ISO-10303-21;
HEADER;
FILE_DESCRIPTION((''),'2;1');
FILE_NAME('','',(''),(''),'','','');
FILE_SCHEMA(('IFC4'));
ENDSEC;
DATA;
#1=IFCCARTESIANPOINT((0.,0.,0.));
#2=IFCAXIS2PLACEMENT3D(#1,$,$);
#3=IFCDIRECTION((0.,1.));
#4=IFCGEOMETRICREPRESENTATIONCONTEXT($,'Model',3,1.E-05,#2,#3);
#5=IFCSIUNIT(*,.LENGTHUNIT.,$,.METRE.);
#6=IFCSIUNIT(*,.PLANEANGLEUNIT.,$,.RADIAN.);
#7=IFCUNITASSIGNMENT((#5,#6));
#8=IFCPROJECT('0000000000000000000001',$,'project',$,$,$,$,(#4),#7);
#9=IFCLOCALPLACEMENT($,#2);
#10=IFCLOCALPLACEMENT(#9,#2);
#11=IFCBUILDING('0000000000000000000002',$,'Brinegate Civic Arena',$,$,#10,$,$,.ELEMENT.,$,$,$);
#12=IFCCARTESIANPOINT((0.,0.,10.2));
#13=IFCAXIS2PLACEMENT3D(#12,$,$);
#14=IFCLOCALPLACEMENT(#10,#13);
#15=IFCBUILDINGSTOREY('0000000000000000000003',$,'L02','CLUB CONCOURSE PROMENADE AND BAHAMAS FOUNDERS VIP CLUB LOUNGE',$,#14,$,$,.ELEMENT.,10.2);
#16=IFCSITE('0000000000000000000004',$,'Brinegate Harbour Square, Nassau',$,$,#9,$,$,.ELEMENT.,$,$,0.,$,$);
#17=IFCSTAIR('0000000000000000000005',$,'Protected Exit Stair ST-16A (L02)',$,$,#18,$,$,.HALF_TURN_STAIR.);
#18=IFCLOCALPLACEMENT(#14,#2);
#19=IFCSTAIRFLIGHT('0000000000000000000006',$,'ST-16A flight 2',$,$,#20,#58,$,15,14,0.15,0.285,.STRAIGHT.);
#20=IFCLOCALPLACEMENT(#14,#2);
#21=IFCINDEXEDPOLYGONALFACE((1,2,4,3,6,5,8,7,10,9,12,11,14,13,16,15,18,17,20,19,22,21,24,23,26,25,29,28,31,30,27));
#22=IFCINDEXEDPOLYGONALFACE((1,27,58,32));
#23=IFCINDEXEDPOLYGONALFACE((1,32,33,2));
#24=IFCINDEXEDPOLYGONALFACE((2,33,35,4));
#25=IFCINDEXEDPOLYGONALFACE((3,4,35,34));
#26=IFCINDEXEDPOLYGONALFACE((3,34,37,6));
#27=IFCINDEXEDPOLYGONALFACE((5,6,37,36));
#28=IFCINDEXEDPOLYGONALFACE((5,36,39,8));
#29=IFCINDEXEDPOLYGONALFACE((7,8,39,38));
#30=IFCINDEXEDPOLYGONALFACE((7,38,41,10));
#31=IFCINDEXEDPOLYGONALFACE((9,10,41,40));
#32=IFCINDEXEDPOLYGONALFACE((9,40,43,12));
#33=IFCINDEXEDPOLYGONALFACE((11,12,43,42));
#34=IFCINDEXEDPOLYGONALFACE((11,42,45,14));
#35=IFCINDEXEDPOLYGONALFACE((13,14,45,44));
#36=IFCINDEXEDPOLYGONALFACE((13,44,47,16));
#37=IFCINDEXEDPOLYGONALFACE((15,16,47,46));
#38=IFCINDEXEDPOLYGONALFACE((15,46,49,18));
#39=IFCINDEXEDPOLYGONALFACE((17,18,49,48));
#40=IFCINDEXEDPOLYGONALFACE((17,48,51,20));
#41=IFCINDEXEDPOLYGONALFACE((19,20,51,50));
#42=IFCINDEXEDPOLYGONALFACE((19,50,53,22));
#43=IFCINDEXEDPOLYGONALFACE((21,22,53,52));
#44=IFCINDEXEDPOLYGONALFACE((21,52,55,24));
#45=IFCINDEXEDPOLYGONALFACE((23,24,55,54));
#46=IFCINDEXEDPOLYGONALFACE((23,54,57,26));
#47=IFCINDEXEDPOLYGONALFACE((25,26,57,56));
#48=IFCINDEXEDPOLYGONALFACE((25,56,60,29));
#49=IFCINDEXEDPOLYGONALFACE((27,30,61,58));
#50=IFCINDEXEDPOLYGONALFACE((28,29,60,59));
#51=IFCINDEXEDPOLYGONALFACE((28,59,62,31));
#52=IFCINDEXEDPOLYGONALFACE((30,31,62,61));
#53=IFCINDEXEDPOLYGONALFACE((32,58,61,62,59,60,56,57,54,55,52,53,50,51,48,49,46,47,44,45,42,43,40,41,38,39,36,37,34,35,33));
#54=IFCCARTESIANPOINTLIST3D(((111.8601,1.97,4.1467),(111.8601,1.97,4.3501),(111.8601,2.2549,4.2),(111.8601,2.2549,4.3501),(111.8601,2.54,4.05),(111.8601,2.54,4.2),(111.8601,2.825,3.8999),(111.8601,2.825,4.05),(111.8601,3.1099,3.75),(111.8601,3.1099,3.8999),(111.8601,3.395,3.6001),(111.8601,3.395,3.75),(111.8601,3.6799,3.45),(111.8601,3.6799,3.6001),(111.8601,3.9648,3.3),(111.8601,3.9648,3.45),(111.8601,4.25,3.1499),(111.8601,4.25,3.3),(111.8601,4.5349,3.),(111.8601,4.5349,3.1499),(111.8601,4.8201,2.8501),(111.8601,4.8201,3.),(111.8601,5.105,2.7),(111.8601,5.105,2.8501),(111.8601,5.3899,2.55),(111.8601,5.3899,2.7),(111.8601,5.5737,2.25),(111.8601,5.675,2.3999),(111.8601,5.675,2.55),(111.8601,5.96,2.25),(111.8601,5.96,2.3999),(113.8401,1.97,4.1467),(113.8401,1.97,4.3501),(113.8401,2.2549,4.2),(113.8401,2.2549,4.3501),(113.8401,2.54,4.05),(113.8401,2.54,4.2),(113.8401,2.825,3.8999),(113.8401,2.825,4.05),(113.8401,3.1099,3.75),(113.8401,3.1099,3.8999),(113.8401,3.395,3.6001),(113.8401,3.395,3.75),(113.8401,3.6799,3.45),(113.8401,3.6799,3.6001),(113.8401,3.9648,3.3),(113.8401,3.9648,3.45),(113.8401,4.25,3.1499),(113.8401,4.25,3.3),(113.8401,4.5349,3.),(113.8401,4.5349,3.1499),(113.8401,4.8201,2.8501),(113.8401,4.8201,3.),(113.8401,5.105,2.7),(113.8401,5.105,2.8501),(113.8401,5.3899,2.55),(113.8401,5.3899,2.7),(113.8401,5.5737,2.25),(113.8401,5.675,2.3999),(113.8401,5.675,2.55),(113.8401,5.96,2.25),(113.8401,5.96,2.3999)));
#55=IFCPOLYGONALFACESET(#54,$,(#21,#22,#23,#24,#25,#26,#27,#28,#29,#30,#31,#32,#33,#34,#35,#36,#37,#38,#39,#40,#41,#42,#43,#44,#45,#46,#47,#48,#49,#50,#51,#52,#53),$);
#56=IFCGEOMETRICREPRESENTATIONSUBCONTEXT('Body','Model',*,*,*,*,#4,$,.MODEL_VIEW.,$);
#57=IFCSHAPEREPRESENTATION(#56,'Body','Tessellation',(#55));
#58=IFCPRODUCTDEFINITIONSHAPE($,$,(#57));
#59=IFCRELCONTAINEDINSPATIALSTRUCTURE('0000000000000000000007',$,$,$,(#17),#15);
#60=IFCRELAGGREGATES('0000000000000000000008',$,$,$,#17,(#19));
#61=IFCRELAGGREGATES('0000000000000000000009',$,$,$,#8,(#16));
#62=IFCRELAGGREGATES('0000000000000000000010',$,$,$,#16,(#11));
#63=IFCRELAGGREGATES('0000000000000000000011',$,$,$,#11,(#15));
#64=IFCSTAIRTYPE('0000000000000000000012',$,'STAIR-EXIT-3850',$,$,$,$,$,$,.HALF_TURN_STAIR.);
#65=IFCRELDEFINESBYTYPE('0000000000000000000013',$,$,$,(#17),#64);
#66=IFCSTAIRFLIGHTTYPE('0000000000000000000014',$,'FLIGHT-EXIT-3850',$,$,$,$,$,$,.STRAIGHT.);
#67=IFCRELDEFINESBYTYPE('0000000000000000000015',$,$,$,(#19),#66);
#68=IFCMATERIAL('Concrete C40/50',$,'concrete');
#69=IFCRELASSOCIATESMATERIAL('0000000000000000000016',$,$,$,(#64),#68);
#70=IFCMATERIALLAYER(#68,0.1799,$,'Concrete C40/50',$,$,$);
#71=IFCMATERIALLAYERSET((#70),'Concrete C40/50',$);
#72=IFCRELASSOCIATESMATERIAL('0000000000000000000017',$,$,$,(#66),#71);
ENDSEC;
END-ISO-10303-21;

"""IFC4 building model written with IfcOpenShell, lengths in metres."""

from ifc_helpers import new_model, si_unit, direction, frame, origin, place, context, subcontext, project, spatial, polyline, outline, extrude, material, layer, layer_set, type_object, element, aggregate, save


model = new_model("IFC4")

# Units and contexts
model_context = context("Model", 3, precision=1e-05, world=origin(), true_north=direction((0.0, 1.0)))
body_context = subcontext(model_context, "Body", "Model", "MODEL_VIEW")
ifc_project = project(units=[si_unit("LENGTHUNIT", "METRE"), si_unit("PLANEANGLEUNIT", "RADIAN")], contexts=[model_context])

# Site, building, storey
site_placement = place(None, origin())
site = spatial("IfcSite", under=ifc_project, at=site_placement, Name="Brinegate Harbour Square, Nassau", CompositionType="ELEMENT", RefElevation=0.0)
building_placement = place(site_placement, origin())
building = spatial("IfcBuilding", under=site, at=building_placement, Name="Brinegate Civic Arena", CompositionType="ELEMENT")
storey_placement = place(building_placement, frame((0.0, 0.0, 10.2)))
storey = spatial("IfcBuildingStorey", under=building, at=storey_placement, Name="L02", Description="CLUB CONCOURSE PROMENADE AND BAHAMAS FOUNDERS VIP CLUB LOUNGE", CompositionType="ELEMENT", Elevation=10.2)

# Shared definitions
ifc_material_1 = material(Name="Concrete C40/50", Category="concrete")

# Stair, stair flight
stair_type_1 = type_object("IfcStairType", Name="STAIR-EXIT-3850", PredefinedType="HALF_TURN_STAIR", material=ifc_material_1)
stair_1_placement = place(storey_placement, origin())
stair_1 = element("IfcStair", 1, at=stair_1_placement, inside=storey, type_object=stair_type_1, Name="Protected Exit Stair ST-16A (L02)", PredefinedType="HALF_TURN_STAIR")
ifc_layer_1 = layer(ifc_material_1, 0.1799, Name="Concrete C40/50")
ifc_layer_set_1 = layer_set([ifc_layer_1], Name="Concrete C40/50")
stair_flight_type_1 = type_object("IfcStairFlightType", Name="FLIGHT-EXIT-3850", PredefinedType="STRAIGHT", material=ifc_layer_set_1)
stair_flight_1_placement = place(storey_placement, frame((112.8501, 5.96, 2.25), z_axis=(0.0, 0.0, 1.0), x_axis=(0.0, -1.0, 0.0)))
stair_flight_1 = element("IfcStairFlight", 2, at=stair_flight_1_placement, type_object=stair_flight_type_1, Name="ST-16A flight 2", NumberOfRisers=15, NumberOfTreads=14, PredefinedType="STRAIGHT", RiserHeight=0.15, TreadLength=0.285, context=body_context, shape_type="SweptSolid", body=[
    extrude(outline(polyline([(0.0, 0.0), (0.0, 0.1499), (0.2849, 0.1499), (0.2849, 0.3), (0.5701, 0.3), (0.5701, 0.45), (0.855, 0.45), (0.855, 0.6001), (1.1399, 0.6001), (1.1399, 0.75), (1.425, 0.75), (1.425, 0.8999), (1.71, 0.8999), (1.71, 1.05), (1.9951, 1.05), (1.9951, 1.2), (2.28, 1.2), (2.28, 1.3501), (2.5649, 1.3501), (2.5649, 1.5), (2.8501, 1.5), (2.8501, 1.6499), (3.135, 1.6499), (3.135, 1.8), (3.4199, 1.8), (3.4199, 1.95), (3.7051, 1.95), (3.7051, 2.1001), (3.99, 2.1001), (3.99, 2.25), (3.99, 1.8967), (0.3862, 0.0), (0.0, 0.0)])), frame((0.0, 0.99, 0.0), z_axis=(0.0, -1.0, 0.0), x_axis=(1.0, 0.0, 0.0)), (0.0, 0.0, 1.0), 1.98),
])
aggregate(stair_1, [stair_flight_1])

save(model, "model.ifc")
